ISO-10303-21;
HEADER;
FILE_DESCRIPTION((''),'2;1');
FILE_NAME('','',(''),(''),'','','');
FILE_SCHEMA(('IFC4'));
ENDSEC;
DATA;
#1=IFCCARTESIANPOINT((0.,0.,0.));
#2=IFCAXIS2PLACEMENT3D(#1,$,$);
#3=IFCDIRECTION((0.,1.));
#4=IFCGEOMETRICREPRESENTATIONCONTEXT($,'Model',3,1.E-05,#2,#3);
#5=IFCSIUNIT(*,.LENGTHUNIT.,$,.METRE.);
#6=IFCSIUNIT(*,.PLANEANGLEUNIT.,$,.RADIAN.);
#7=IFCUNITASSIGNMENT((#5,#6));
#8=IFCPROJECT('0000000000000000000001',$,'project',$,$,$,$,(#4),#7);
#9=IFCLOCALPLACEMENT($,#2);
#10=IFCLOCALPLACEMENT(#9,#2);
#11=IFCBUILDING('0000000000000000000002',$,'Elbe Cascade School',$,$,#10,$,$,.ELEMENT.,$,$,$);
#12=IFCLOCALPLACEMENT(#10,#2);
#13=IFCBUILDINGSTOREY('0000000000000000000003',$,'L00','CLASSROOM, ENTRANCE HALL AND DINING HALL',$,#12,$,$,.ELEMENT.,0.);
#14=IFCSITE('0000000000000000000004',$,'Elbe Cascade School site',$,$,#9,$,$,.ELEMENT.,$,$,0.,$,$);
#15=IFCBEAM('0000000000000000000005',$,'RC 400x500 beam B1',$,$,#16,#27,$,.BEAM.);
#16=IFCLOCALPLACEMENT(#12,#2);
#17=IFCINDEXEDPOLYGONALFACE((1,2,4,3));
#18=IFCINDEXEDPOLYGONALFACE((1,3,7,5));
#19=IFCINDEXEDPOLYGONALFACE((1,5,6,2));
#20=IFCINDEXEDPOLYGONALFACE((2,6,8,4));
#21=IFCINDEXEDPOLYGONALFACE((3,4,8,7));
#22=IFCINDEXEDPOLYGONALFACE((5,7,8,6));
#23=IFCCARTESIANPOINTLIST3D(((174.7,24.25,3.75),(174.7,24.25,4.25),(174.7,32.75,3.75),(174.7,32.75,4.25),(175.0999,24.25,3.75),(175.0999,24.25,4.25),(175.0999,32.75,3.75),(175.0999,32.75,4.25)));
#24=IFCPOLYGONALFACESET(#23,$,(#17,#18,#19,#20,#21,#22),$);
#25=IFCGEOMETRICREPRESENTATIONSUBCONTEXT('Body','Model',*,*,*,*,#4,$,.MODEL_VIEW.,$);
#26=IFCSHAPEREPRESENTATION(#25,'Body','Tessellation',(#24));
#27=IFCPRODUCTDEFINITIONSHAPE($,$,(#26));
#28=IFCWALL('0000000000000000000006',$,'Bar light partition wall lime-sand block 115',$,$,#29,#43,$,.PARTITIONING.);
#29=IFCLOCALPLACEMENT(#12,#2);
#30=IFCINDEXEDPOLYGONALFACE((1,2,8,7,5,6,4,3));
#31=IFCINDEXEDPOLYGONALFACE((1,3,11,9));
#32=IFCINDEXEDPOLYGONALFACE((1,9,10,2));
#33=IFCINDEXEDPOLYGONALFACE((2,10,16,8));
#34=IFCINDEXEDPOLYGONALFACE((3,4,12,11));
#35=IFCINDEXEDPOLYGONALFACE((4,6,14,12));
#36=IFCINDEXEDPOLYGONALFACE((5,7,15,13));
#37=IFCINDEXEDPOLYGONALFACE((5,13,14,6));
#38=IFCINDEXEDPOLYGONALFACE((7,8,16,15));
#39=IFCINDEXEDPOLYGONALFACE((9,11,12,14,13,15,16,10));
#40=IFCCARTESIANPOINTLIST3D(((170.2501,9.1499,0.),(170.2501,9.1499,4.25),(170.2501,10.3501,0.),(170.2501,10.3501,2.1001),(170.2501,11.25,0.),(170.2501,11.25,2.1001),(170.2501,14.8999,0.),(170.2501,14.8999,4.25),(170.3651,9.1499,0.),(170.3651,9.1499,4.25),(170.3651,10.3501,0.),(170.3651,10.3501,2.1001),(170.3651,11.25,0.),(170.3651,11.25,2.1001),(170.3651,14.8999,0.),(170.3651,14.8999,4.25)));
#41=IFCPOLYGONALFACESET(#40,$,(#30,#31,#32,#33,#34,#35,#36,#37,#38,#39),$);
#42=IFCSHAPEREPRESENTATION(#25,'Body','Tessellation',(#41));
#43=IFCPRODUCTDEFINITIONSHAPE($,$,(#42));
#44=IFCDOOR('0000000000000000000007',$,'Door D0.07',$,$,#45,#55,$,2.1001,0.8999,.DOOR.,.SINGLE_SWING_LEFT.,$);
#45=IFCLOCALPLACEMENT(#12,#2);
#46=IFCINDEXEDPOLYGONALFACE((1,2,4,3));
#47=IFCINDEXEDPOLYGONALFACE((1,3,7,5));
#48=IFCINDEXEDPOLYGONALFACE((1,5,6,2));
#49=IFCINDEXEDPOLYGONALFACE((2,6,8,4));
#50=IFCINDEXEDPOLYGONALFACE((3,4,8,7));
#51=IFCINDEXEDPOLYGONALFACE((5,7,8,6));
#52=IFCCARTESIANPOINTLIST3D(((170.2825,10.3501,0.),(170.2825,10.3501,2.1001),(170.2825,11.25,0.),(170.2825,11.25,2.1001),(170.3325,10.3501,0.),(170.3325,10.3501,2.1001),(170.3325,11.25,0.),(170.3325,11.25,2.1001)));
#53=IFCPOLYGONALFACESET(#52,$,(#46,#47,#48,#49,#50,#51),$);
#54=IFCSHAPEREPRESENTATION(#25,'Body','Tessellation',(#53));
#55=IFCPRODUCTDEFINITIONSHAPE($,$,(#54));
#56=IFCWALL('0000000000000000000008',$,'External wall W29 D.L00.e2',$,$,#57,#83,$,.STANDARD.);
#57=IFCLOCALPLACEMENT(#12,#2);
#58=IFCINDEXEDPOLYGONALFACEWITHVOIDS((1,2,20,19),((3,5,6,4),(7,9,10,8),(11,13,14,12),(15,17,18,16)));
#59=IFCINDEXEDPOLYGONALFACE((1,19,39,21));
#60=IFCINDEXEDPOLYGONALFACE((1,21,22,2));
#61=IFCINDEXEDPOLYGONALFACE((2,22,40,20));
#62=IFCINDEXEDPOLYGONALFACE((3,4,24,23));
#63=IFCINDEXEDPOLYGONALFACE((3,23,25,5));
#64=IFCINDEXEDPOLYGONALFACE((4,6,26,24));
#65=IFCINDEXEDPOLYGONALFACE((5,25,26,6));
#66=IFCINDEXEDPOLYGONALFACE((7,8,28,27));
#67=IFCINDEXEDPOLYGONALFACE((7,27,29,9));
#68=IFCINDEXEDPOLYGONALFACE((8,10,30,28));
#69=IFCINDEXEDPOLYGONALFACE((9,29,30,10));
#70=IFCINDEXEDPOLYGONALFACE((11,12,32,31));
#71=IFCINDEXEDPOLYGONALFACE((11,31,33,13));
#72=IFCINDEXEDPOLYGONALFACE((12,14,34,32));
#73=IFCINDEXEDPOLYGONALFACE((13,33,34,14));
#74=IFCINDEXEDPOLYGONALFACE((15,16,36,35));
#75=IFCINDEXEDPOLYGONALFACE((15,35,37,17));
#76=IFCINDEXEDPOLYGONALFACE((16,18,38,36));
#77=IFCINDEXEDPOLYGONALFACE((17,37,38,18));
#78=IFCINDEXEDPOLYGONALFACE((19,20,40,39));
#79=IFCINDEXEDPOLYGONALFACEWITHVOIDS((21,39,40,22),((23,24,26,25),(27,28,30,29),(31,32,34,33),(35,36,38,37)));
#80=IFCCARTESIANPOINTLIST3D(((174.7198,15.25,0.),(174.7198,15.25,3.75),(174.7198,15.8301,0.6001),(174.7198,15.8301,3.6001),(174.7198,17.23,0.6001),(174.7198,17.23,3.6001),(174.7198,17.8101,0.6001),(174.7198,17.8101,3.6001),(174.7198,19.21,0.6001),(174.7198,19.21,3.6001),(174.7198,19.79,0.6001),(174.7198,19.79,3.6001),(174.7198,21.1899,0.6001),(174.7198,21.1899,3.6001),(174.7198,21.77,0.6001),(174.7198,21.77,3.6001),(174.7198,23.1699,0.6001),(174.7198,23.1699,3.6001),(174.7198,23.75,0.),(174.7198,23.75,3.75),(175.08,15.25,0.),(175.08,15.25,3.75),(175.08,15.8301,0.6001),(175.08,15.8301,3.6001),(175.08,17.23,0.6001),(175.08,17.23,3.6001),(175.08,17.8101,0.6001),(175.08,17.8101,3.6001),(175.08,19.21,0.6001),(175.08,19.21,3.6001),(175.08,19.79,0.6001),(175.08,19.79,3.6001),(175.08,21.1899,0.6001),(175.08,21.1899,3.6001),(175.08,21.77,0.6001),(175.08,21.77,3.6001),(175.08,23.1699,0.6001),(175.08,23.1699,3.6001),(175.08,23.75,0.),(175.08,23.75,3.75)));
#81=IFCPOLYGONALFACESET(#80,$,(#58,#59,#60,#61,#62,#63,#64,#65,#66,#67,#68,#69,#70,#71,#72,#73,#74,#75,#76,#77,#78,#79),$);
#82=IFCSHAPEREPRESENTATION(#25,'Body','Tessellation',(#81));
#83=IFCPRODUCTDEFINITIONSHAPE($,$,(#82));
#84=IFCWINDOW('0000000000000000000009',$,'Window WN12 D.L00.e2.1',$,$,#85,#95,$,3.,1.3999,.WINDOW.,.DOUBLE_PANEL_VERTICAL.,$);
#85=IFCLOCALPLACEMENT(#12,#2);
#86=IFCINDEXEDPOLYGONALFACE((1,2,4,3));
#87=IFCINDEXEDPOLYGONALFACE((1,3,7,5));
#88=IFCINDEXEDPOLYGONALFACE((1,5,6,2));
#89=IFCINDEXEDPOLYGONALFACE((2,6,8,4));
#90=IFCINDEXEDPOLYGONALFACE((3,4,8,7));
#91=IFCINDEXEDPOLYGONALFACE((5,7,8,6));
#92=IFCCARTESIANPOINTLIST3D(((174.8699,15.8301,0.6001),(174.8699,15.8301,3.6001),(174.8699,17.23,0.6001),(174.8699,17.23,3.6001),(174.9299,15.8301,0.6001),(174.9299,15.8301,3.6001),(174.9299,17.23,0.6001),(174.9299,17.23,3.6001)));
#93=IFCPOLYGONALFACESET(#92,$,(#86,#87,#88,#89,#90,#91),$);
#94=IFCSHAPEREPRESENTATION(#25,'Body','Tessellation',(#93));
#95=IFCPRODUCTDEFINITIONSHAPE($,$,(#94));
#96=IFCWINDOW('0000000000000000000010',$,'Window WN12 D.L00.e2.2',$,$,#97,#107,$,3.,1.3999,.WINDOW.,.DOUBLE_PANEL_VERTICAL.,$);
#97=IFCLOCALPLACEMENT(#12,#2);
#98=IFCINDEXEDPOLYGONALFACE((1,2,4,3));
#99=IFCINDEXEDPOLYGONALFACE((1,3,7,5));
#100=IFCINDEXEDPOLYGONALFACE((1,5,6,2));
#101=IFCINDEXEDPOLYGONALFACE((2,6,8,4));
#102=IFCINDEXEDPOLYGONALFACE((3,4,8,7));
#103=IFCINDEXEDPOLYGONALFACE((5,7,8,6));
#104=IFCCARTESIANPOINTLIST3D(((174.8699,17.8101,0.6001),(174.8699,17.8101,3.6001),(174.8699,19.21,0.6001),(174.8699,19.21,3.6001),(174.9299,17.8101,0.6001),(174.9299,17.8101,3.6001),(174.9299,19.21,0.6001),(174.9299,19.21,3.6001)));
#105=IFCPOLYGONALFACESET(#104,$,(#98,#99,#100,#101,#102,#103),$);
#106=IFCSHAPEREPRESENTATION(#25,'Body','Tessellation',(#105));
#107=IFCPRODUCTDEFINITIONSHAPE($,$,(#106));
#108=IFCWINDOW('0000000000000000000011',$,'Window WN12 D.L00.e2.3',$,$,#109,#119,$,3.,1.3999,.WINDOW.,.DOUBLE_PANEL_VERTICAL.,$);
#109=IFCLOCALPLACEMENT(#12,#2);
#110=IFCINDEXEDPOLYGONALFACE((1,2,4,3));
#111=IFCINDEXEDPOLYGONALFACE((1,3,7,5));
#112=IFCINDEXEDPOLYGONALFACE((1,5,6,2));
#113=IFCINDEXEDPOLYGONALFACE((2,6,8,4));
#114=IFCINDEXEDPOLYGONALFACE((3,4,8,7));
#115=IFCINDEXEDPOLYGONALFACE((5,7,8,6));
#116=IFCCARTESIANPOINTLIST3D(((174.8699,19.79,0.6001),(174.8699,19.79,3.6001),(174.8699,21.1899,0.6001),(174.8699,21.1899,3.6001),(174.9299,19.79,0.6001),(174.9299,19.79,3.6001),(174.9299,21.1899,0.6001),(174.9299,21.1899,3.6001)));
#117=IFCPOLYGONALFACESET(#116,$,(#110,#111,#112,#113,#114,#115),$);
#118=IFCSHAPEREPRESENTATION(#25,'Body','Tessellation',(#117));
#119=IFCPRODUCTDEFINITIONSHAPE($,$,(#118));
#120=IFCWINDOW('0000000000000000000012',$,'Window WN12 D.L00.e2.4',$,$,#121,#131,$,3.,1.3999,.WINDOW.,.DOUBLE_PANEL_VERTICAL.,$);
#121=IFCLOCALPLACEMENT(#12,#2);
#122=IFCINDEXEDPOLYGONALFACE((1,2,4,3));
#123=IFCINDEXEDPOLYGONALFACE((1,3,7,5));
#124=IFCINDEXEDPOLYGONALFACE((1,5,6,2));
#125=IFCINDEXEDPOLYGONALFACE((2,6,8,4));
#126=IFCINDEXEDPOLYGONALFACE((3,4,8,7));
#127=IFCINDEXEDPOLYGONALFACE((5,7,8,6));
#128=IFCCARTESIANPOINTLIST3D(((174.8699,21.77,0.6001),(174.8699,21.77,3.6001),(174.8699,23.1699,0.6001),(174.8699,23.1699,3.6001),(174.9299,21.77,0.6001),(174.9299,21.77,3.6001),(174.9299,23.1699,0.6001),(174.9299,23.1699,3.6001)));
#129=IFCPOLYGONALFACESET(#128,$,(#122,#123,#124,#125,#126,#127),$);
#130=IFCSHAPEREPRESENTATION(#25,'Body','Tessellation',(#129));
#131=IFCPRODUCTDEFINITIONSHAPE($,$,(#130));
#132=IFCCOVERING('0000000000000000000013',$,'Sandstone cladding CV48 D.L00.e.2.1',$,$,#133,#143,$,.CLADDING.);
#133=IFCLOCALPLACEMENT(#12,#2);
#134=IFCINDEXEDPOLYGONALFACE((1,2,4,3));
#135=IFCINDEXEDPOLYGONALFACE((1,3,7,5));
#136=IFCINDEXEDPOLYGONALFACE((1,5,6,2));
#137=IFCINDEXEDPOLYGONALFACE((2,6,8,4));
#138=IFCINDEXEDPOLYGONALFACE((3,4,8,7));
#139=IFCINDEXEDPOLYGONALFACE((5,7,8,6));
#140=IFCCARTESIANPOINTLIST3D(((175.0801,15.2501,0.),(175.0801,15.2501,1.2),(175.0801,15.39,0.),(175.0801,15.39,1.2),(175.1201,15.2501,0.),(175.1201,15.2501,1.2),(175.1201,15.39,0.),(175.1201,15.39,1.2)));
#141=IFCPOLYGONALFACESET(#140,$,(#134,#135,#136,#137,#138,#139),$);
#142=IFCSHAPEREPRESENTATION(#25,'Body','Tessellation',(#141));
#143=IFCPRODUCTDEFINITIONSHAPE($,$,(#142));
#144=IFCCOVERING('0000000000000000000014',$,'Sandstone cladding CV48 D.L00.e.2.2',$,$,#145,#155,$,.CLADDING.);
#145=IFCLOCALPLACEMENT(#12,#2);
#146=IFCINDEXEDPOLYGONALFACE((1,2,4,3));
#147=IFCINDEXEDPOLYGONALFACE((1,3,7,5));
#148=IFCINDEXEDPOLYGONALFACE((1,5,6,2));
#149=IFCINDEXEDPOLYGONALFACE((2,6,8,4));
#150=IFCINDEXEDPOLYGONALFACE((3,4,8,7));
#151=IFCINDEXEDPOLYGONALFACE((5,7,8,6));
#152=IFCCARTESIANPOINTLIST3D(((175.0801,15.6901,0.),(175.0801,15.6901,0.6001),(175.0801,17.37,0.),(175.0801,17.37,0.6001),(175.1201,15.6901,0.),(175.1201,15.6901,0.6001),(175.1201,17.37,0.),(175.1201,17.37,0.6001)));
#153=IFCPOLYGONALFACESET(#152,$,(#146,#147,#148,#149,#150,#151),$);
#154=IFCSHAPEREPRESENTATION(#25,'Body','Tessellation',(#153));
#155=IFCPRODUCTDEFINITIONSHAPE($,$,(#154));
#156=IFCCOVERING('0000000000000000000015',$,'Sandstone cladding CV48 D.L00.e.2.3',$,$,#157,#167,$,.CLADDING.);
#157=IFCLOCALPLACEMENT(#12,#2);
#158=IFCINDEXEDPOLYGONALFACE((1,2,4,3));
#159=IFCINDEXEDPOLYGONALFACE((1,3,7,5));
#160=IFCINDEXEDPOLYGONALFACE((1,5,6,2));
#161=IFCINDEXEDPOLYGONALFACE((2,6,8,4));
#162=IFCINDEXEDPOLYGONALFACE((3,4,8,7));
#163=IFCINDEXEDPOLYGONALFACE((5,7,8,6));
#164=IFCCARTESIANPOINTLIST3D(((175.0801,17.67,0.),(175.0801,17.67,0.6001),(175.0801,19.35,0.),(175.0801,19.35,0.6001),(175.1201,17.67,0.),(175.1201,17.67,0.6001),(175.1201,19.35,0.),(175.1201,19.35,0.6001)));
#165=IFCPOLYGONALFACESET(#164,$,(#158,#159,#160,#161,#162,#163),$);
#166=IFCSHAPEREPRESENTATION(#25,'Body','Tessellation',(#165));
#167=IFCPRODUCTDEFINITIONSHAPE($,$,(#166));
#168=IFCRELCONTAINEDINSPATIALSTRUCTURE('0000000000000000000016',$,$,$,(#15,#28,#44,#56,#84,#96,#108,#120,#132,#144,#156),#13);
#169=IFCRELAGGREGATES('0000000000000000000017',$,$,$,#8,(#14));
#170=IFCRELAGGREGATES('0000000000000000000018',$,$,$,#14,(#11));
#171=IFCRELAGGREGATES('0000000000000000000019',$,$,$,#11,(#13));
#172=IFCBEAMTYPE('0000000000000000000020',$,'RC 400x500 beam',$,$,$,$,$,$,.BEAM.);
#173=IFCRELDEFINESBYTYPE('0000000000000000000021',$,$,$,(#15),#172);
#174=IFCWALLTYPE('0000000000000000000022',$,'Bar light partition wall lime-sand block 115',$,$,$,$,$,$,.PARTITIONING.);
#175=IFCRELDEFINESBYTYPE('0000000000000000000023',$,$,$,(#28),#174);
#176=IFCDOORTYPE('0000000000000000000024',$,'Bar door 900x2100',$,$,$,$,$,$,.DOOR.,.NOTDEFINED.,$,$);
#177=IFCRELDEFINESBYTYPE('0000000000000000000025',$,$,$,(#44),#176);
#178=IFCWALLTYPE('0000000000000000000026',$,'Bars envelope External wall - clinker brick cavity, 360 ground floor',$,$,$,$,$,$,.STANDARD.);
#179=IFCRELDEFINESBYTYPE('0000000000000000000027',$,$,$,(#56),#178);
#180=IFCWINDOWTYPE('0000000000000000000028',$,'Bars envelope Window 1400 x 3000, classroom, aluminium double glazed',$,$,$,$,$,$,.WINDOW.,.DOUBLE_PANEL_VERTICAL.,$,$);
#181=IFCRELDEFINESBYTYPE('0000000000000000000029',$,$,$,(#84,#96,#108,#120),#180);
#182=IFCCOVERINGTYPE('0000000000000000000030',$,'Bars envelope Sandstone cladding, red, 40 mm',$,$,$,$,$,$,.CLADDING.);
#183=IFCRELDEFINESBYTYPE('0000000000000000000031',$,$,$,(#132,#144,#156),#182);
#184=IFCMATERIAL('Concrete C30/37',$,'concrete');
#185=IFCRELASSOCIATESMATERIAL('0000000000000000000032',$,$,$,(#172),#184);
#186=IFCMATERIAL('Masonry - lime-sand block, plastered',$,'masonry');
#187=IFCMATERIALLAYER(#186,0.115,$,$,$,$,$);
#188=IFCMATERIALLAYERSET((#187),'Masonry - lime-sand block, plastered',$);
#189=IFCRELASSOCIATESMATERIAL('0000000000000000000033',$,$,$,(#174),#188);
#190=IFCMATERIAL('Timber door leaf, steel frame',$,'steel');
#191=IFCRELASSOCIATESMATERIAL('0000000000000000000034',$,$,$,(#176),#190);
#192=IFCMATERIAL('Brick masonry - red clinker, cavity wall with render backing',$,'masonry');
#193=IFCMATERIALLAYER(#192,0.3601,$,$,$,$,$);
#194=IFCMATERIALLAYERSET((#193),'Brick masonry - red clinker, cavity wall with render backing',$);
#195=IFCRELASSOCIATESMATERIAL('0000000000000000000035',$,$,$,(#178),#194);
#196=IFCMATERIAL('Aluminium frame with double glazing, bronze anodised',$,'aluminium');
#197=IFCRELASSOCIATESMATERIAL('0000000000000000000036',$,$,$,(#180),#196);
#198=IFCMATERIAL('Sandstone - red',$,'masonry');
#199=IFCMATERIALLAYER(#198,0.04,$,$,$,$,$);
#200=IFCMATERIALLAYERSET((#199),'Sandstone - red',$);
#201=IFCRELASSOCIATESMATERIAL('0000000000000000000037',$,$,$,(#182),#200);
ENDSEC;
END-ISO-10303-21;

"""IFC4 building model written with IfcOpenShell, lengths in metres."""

from ifc_helpers import new_model, si_unit, direction, frame, frame_2d, origin, origin_2d, place, context, subcontext, project, spatial, rectangle, extrude, material, layer, layer_set, material_profile, profile_set, type_object, element, fill, save


model = new_model("IFC4")

# Units and contexts
model_context = context("Model", 3, precision=1e-05, world=origin(), true_north=direction((0.0, 1.0)))
body_context = subcontext(model_context, "Body", "Model", "MODEL_VIEW")
ifc_project = project(units=[si_unit("LENGTHUNIT", "METRE"), si_unit("PLANEANGLEUNIT", "RADIAN")], contexts=[model_context])

# Site, building, storey
site_placement = place(None, origin())
site = spatial("IfcSite", under=ifc_project, at=site_placement, Name="Elbe Cascade School site", CompositionType="ELEMENT", RefElevation=0.0)
building_placement = place(site_placement, origin())
building = spatial("IfcBuilding", under=site, at=building_placement, Name="Elbe Cascade School", CompositionType="ELEMENT")
storey_placement = place(building_placement, origin())
storey = spatial("IfcBuildingStorey", under=building, at=storey_placement, Name="L00", Description="CLASSROOM, ENTRANCE HALL AND DINING HALL", CompositionType="ELEMENT", Elevation=0.0)

# Beam
ifc_material_1 = material(Name="Concrete C30/37", Category="concrete")
ifc_material_profile_1 = material_profile(ifc_material_1, rectangle(XDim=0.3999, YDim=0.5, at=origin_2d()), Name="RC 400x500")
ifc_profile_set_1 = profile_set([ifc_material_profile_1], Name="Concrete C30/37")
beam_type_1 = type_object("IfcBeamType", Name="RC 400x500 beam", PredefinedType="BEAM", material=ifc_profile_set_1)
for number, where, z_axis, x_axis, name in (
    (1, (174.8999, 24.25, 4.0), (0.0, 1.0, 0.0), (-1.0, 0.0, 0.0), "RC 400x500 beam B1"),
):
    element("IfcBeam", number, at=place(storey_placement, frame(where, z_axis=z_axis, x_axis=x_axis)), inside=storey, type_object=beam_type_1, Name=name, PredefinedType="BEAM", context=body_context, shape_type="SweptSolid", body=[
        extrude(rectangle(XDim=0.3999, YDim=0.5, at=origin_2d()), origin(), (0.0, 0.0, 1.0), 8.5),
    ])

# Wall, opening, door
ifc_material_2 = material(Name="Masonry - lime-sand block, plastered", Category="masonry")
ifc_layer_1 = layer(ifc_material_2, 0.115)
ifc_layer_set_1 = layer_set([ifc_layer_1], Name="Masonry - lime-sand block, plastered")
wall_type_1 = type_object("IfcWallType", Name="Bar light partition wall lime-sand block 115", PredefinedType="PARTITIONING", material=ifc_layer_set_1)
wall_1_placement = place(storey_placement, frame((170.3076, 14.8999, 0.0), z_axis=(0.0, 0.0, 1.0), x_axis=(0.0, -1.0, 0.0)))
wall_1 = element("IfcWall", 2, at=wall_1_placement, inside=storey, type_object=wall_type_1, Name="Bar light partition wall lime-sand block 115", PredefinedType="PARTITIONING", context=body_context, shape_type="SweptSolid", body=[
    extrude(rectangle(XDim=5.75, YDim=0.115, at=frame_2d((2.875, 0.0))), origin(), (0.0, 0.0, 1.0), 4.25),
])
opening_1_placement = place(wall_1_placement, frame((3.6499, 0.0, 0.0)))
opening_1 = element("IfcOpeningElement", 3, at=opening_1_placement, cuts=wall_1, PredefinedType="OPENING", context=body_context, shape_type="SweptSolid", body=[
    extrude(rectangle(XDim=0.8999, YDim=2.1001, at=frame_2d((0.45, 1.05))), frame((0.0, 0.0674, 0.0), z_axis=(0.0, -1.0, 0.0), x_axis=(1.0, 0.0, 0.0)), (0.0, 0.0, 1.0), 0.135),
])
ifc_material_3 = material(Name="Timber door leaf, steel frame", Category="steel")
door_type = type_object("IfcDoorType", Name="Bar door 900x2100", OperationType="NOTDEFINED", PredefinedType="DOOR", material=ifc_material_3)
door_placement = place(opening_1_placement, origin())
door = element("IfcDoor", 4, at=door_placement, inside=storey, type_object=door_type, Name="Door D0.07", OperationType="SINGLE_SWING_LEFT", OverallHeight=2.1001, OverallWidth=0.8999, PredefinedType="DOOR", context=body_context, shape_type="SweptSolid", body=[
    extrude(rectangle(XDim=0.8999, YDim=2.1001, at=frame_2d((0.45, 1.05))), frame((0.0, 0.0249, 0.0), z_axis=(0.0, -1.0, 0.0), x_axis=(1.0, 0.0, 0.0)), (0.0, 0.0, 1.0), 0.05),
])
fill(opening_1, door)

# Wall, openings, windows
ifc_material_4 = material(Name="Brick masonry - red clinker, cavity wall with render backing", Category="masonry")
ifc_layer_2 = layer(ifc_material_4, 0.3601)
ifc_layer_set_2 = layer_set([ifc_layer_2], Name="Brick masonry - red clinker, cavity wall with render backing")
wall_type_2 = type_object("IfcWallType", Name="Bars envelope External wall - clinker brick cavity, 360 ground floor", PredefinedType="STANDARD", material=ifc_layer_set_2)
wall_2_placement = place(storey_placement, frame((174.8999, 23.75, 0.0), z_axis=(0.0, 0.0, 1.0), x_axis=(0.0, -1.0, 0.0)))
wall_2 = element("IfcWall", 5, at=wall_2_placement, inside=storey, type_object=wall_type_2, Name="External wall W29 D.L00.e2", PredefinedType="STANDARD", context=body_context, shape_type="SweptSolid", body=[
    extrude(rectangle(XDim=8.5, YDim=0.3601, at=frame_2d((4.25, 0.0))), origin(), (0.0, 0.0, 1.0), 3.75),
])
opening_2_placement = place(wall_2_placement, frame((6.52, 0.0, 0.6001)))
opening_2 = element("IfcOpeningElement", 6, at=opening_2_placement, cuts=wall_2, PredefinedType="OPENING", context=body_context, shape_type="SweptSolid", body=[
    extrude(rectangle(XDim=1.3999, YDim=3.0, at=frame_2d((0.7, 1.5))), frame((0.0, 0.1899, 0.0), z_axis=(0.0, -1.0, 0.0), x_axis=(1.0, 0.0, 0.0)), (0.0, 0.0, 1.0), 0.3801),
])
opening_3_placement = place(wall_2_placement, frame((4.54, 0.0, 0.6001)))
opening_3 = element("IfcOpeningElement", 7, at=opening_3_placement, cuts=wall_2, PredefinedType="OPENING", context=body_context, shape_type="SweptSolid", body=[
    extrude(rectangle(XDim=1.3999, YDim=3.0, at=frame_2d((0.7, 1.5))), frame((0.0, 0.1899, 0.0), z_axis=(0.0, -1.0, 0.0), x_axis=(1.0, 0.0, 0.0)), (0.0, 0.0, 1.0), 0.3801),
])
opening_4_placement = place(wall_2_placement, frame((2.5601, 0.0, 0.6001)))
opening_4 = element("IfcOpeningElement", 8, at=opening_4_placement, cuts=wall_2, PredefinedType="OPENING", context=body_context, shape_type="SweptSolid", body=[
    extrude(rectangle(XDim=1.3999, YDim=3.0, at=frame_2d((0.7, 1.5))), frame((0.0, 0.1899, 0.0), z_axis=(0.0, -1.0, 0.0), x_axis=(1.0, 0.0, 0.0)), (0.0, 0.0, 1.0), 0.3801),
])
opening_5_placement = place(wall_2_placement, frame((0.5801, 0.0, 0.6001)))
opening_5 = element("IfcOpeningElement", 9, at=opening_5_placement, cuts=wall_2, PredefinedType="OPENING", context=body_context, shape_type="SweptSolid", body=[
    extrude(rectangle(XDim=1.3999, YDim=3.0, at=frame_2d((0.7, 1.5))), frame((0.0, 0.1899, 0.0), z_axis=(0.0, -1.0, 0.0), x_axis=(1.0, 0.0, 0.0)), (0.0, 0.0, 1.0), 0.3801),
])
ifc_material_5 = material(Name="Aluminium frame with double glazing, bronze anodised", Category="aluminium")
window_type = type_object("IfcWindowType", Name="Bars envelope Window 1400 x 3000, classroom, aluminium double glazed", PartitioningType="DOUBLE_PANEL_VERTICAL", PredefinedType="WINDOW", material=ifc_material_5)
window_1_placement = place(opening_2_placement, origin())
window_1 = element("IfcWindow", 10, at=window_1_placement, inside=storey, type_object=window_type, Name="Window WN12 D.L00.e2.1", OverallHeight=3.0, OverallWidth=1.3999, PartitioningType="DOUBLE_PANEL_VERTICAL", PredefinedType="WINDOW", context=body_context, shape_type="SweptSolid", body=[
    extrude(rectangle(XDim=1.3999, YDim=3.0, at=frame_2d((0.7, 1.5))), frame((0.0, 0.03, 0.0), z_axis=(0.0, -1.0, 0.0), x_axis=(1.0, 0.0, 0.0)), (0.0, 0.0, 1.0), 0.0601),
])
fill(opening_2, window_1)
window_2_placement = place(opening_3_placement, origin())
window_2 = element("IfcWindow", 11, at=window_2_placement, inside=storey, type_object=window_type, Name="Window WN12 D.L00.e2.2", OverallHeight=3.0, OverallWidth=1.3999, PartitioningType="DOUBLE_PANEL_VERTICAL", PredefinedType="WINDOW", context=body_context, shape_type="SweptSolid", body=[
    extrude(rectangle(XDim=1.3999, YDim=3.0, at=frame_2d((0.7, 1.5))), frame((0.0, 0.03, 0.0), z_axis=(0.0, -1.0, 0.0), x_axis=(1.0, 0.0, 0.0)), (0.0, 0.0, 1.0), 0.0601),
])
fill(opening_3, window_2)
window_3_placement = place(opening_4_placement, origin())
window_3 = element("IfcWindow", 12, at=window_3_placement, inside=storey, type_object=window_type, Name="Window WN12 D.L00.e2.3", OverallHeight=3.0, OverallWidth=1.3999, PartitioningType="DOUBLE_PANEL_VERTICAL", PredefinedType="WINDOW", context=body_context, shape_type="SweptSolid", body=[
    extrude(rectangle(XDim=1.3999, YDim=3.0, at=frame_2d((0.7, 1.5))), frame((0.0, 0.03, 0.0), z_axis=(0.0, -1.0, 0.0), x_axis=(1.0, 0.0, 0.0)), (0.0, 0.0, 1.0), 0.0601),
])
fill(opening_4, window_3)
window_4_placement = place(opening_5_placement, origin())
window_4 = element("IfcWindow", 13, at=window_4_placement, inside=storey, type_object=window_type, Name="Window WN12 D.L00.e2.4", OverallHeight=3.0, OverallWidth=1.3999, PartitioningType="DOUBLE_PANEL_VERTICAL", PredefinedType="WINDOW", context=body_context, shape_type="SweptSolid", body=[
    extrude(rectangle(XDim=1.3999, YDim=3.0, at=frame_2d((0.7, 1.5))), frame((0.0, 0.03, 0.0), z_axis=(0.0, -1.0, 0.0), x_axis=(1.0, 0.0, 0.0)), (0.0, 0.0, 1.0), 0.0601),
])
fill(opening_5, window_4)

# Coverings
ifc_material_6 = material(Name="Sandstone - red", Category="masonry")
ifc_layer_3 = layer(ifc_material_6, 0.04)
ifc_layer_set_3 = layer_set([ifc_layer_3], Name="Sandstone - red")
covering_type = type_object("IfcCoveringType", Name="Bars envelope Sandstone cladding, red, 40 mm", PredefinedType="CLADDING", material=ifc_layer_set_3)
covering_placement = place(storey_placement, frame((175.1001, 15.3201, 0.0), z_axis=(0.0, 0.0, 1.0), x_axis=(0.0, 1.0, 0.0)))
element("IfcCovering", 14, at=covering_placement, inside=storey, type_object=covering_type, Name="Sandstone cladding CV48 D.L00.e.2.1", PredefinedType="CLADDING", context=body_context, shape_type="SweptSolid", body=[
    extrude(rectangle(XDim=0.1399, YDim=0.04, at=origin_2d()), origin(), (0.0, 0.0, 1.0), 1.2),
])
for number, where, z_axis, x_axis, name in (
    (15, (175.1001, 16.53, 0.0), (0.0, 0.0, 1.0), (0.0, 1.0, 0.0), "Sandstone cladding CV48 D.L00.e.2.2"),
    (16, (175.1001, 18.51, 0.0), (0.0, 0.0, 1.0), (0.0, 1.0, 0.0), "Sandstone cladding CV48 D.L00.e.2.3"),
):
    element("IfcCovering", number, at=place(storey_placement, frame(where, z_axis=z_axis, x_axis=x_axis)), inside=storey, type_object=covering_type, Name=name, PredefinedType="CLADDING", context=body_context, shape_type="SweptSolid", body=[
        extrude(rectangle(XDim=1.6799, YDim=0.04, at=origin_2d()), origin(), (0.0, 0.0, 1.0), 0.6001),
    ])

save(model, "model.ifc")
